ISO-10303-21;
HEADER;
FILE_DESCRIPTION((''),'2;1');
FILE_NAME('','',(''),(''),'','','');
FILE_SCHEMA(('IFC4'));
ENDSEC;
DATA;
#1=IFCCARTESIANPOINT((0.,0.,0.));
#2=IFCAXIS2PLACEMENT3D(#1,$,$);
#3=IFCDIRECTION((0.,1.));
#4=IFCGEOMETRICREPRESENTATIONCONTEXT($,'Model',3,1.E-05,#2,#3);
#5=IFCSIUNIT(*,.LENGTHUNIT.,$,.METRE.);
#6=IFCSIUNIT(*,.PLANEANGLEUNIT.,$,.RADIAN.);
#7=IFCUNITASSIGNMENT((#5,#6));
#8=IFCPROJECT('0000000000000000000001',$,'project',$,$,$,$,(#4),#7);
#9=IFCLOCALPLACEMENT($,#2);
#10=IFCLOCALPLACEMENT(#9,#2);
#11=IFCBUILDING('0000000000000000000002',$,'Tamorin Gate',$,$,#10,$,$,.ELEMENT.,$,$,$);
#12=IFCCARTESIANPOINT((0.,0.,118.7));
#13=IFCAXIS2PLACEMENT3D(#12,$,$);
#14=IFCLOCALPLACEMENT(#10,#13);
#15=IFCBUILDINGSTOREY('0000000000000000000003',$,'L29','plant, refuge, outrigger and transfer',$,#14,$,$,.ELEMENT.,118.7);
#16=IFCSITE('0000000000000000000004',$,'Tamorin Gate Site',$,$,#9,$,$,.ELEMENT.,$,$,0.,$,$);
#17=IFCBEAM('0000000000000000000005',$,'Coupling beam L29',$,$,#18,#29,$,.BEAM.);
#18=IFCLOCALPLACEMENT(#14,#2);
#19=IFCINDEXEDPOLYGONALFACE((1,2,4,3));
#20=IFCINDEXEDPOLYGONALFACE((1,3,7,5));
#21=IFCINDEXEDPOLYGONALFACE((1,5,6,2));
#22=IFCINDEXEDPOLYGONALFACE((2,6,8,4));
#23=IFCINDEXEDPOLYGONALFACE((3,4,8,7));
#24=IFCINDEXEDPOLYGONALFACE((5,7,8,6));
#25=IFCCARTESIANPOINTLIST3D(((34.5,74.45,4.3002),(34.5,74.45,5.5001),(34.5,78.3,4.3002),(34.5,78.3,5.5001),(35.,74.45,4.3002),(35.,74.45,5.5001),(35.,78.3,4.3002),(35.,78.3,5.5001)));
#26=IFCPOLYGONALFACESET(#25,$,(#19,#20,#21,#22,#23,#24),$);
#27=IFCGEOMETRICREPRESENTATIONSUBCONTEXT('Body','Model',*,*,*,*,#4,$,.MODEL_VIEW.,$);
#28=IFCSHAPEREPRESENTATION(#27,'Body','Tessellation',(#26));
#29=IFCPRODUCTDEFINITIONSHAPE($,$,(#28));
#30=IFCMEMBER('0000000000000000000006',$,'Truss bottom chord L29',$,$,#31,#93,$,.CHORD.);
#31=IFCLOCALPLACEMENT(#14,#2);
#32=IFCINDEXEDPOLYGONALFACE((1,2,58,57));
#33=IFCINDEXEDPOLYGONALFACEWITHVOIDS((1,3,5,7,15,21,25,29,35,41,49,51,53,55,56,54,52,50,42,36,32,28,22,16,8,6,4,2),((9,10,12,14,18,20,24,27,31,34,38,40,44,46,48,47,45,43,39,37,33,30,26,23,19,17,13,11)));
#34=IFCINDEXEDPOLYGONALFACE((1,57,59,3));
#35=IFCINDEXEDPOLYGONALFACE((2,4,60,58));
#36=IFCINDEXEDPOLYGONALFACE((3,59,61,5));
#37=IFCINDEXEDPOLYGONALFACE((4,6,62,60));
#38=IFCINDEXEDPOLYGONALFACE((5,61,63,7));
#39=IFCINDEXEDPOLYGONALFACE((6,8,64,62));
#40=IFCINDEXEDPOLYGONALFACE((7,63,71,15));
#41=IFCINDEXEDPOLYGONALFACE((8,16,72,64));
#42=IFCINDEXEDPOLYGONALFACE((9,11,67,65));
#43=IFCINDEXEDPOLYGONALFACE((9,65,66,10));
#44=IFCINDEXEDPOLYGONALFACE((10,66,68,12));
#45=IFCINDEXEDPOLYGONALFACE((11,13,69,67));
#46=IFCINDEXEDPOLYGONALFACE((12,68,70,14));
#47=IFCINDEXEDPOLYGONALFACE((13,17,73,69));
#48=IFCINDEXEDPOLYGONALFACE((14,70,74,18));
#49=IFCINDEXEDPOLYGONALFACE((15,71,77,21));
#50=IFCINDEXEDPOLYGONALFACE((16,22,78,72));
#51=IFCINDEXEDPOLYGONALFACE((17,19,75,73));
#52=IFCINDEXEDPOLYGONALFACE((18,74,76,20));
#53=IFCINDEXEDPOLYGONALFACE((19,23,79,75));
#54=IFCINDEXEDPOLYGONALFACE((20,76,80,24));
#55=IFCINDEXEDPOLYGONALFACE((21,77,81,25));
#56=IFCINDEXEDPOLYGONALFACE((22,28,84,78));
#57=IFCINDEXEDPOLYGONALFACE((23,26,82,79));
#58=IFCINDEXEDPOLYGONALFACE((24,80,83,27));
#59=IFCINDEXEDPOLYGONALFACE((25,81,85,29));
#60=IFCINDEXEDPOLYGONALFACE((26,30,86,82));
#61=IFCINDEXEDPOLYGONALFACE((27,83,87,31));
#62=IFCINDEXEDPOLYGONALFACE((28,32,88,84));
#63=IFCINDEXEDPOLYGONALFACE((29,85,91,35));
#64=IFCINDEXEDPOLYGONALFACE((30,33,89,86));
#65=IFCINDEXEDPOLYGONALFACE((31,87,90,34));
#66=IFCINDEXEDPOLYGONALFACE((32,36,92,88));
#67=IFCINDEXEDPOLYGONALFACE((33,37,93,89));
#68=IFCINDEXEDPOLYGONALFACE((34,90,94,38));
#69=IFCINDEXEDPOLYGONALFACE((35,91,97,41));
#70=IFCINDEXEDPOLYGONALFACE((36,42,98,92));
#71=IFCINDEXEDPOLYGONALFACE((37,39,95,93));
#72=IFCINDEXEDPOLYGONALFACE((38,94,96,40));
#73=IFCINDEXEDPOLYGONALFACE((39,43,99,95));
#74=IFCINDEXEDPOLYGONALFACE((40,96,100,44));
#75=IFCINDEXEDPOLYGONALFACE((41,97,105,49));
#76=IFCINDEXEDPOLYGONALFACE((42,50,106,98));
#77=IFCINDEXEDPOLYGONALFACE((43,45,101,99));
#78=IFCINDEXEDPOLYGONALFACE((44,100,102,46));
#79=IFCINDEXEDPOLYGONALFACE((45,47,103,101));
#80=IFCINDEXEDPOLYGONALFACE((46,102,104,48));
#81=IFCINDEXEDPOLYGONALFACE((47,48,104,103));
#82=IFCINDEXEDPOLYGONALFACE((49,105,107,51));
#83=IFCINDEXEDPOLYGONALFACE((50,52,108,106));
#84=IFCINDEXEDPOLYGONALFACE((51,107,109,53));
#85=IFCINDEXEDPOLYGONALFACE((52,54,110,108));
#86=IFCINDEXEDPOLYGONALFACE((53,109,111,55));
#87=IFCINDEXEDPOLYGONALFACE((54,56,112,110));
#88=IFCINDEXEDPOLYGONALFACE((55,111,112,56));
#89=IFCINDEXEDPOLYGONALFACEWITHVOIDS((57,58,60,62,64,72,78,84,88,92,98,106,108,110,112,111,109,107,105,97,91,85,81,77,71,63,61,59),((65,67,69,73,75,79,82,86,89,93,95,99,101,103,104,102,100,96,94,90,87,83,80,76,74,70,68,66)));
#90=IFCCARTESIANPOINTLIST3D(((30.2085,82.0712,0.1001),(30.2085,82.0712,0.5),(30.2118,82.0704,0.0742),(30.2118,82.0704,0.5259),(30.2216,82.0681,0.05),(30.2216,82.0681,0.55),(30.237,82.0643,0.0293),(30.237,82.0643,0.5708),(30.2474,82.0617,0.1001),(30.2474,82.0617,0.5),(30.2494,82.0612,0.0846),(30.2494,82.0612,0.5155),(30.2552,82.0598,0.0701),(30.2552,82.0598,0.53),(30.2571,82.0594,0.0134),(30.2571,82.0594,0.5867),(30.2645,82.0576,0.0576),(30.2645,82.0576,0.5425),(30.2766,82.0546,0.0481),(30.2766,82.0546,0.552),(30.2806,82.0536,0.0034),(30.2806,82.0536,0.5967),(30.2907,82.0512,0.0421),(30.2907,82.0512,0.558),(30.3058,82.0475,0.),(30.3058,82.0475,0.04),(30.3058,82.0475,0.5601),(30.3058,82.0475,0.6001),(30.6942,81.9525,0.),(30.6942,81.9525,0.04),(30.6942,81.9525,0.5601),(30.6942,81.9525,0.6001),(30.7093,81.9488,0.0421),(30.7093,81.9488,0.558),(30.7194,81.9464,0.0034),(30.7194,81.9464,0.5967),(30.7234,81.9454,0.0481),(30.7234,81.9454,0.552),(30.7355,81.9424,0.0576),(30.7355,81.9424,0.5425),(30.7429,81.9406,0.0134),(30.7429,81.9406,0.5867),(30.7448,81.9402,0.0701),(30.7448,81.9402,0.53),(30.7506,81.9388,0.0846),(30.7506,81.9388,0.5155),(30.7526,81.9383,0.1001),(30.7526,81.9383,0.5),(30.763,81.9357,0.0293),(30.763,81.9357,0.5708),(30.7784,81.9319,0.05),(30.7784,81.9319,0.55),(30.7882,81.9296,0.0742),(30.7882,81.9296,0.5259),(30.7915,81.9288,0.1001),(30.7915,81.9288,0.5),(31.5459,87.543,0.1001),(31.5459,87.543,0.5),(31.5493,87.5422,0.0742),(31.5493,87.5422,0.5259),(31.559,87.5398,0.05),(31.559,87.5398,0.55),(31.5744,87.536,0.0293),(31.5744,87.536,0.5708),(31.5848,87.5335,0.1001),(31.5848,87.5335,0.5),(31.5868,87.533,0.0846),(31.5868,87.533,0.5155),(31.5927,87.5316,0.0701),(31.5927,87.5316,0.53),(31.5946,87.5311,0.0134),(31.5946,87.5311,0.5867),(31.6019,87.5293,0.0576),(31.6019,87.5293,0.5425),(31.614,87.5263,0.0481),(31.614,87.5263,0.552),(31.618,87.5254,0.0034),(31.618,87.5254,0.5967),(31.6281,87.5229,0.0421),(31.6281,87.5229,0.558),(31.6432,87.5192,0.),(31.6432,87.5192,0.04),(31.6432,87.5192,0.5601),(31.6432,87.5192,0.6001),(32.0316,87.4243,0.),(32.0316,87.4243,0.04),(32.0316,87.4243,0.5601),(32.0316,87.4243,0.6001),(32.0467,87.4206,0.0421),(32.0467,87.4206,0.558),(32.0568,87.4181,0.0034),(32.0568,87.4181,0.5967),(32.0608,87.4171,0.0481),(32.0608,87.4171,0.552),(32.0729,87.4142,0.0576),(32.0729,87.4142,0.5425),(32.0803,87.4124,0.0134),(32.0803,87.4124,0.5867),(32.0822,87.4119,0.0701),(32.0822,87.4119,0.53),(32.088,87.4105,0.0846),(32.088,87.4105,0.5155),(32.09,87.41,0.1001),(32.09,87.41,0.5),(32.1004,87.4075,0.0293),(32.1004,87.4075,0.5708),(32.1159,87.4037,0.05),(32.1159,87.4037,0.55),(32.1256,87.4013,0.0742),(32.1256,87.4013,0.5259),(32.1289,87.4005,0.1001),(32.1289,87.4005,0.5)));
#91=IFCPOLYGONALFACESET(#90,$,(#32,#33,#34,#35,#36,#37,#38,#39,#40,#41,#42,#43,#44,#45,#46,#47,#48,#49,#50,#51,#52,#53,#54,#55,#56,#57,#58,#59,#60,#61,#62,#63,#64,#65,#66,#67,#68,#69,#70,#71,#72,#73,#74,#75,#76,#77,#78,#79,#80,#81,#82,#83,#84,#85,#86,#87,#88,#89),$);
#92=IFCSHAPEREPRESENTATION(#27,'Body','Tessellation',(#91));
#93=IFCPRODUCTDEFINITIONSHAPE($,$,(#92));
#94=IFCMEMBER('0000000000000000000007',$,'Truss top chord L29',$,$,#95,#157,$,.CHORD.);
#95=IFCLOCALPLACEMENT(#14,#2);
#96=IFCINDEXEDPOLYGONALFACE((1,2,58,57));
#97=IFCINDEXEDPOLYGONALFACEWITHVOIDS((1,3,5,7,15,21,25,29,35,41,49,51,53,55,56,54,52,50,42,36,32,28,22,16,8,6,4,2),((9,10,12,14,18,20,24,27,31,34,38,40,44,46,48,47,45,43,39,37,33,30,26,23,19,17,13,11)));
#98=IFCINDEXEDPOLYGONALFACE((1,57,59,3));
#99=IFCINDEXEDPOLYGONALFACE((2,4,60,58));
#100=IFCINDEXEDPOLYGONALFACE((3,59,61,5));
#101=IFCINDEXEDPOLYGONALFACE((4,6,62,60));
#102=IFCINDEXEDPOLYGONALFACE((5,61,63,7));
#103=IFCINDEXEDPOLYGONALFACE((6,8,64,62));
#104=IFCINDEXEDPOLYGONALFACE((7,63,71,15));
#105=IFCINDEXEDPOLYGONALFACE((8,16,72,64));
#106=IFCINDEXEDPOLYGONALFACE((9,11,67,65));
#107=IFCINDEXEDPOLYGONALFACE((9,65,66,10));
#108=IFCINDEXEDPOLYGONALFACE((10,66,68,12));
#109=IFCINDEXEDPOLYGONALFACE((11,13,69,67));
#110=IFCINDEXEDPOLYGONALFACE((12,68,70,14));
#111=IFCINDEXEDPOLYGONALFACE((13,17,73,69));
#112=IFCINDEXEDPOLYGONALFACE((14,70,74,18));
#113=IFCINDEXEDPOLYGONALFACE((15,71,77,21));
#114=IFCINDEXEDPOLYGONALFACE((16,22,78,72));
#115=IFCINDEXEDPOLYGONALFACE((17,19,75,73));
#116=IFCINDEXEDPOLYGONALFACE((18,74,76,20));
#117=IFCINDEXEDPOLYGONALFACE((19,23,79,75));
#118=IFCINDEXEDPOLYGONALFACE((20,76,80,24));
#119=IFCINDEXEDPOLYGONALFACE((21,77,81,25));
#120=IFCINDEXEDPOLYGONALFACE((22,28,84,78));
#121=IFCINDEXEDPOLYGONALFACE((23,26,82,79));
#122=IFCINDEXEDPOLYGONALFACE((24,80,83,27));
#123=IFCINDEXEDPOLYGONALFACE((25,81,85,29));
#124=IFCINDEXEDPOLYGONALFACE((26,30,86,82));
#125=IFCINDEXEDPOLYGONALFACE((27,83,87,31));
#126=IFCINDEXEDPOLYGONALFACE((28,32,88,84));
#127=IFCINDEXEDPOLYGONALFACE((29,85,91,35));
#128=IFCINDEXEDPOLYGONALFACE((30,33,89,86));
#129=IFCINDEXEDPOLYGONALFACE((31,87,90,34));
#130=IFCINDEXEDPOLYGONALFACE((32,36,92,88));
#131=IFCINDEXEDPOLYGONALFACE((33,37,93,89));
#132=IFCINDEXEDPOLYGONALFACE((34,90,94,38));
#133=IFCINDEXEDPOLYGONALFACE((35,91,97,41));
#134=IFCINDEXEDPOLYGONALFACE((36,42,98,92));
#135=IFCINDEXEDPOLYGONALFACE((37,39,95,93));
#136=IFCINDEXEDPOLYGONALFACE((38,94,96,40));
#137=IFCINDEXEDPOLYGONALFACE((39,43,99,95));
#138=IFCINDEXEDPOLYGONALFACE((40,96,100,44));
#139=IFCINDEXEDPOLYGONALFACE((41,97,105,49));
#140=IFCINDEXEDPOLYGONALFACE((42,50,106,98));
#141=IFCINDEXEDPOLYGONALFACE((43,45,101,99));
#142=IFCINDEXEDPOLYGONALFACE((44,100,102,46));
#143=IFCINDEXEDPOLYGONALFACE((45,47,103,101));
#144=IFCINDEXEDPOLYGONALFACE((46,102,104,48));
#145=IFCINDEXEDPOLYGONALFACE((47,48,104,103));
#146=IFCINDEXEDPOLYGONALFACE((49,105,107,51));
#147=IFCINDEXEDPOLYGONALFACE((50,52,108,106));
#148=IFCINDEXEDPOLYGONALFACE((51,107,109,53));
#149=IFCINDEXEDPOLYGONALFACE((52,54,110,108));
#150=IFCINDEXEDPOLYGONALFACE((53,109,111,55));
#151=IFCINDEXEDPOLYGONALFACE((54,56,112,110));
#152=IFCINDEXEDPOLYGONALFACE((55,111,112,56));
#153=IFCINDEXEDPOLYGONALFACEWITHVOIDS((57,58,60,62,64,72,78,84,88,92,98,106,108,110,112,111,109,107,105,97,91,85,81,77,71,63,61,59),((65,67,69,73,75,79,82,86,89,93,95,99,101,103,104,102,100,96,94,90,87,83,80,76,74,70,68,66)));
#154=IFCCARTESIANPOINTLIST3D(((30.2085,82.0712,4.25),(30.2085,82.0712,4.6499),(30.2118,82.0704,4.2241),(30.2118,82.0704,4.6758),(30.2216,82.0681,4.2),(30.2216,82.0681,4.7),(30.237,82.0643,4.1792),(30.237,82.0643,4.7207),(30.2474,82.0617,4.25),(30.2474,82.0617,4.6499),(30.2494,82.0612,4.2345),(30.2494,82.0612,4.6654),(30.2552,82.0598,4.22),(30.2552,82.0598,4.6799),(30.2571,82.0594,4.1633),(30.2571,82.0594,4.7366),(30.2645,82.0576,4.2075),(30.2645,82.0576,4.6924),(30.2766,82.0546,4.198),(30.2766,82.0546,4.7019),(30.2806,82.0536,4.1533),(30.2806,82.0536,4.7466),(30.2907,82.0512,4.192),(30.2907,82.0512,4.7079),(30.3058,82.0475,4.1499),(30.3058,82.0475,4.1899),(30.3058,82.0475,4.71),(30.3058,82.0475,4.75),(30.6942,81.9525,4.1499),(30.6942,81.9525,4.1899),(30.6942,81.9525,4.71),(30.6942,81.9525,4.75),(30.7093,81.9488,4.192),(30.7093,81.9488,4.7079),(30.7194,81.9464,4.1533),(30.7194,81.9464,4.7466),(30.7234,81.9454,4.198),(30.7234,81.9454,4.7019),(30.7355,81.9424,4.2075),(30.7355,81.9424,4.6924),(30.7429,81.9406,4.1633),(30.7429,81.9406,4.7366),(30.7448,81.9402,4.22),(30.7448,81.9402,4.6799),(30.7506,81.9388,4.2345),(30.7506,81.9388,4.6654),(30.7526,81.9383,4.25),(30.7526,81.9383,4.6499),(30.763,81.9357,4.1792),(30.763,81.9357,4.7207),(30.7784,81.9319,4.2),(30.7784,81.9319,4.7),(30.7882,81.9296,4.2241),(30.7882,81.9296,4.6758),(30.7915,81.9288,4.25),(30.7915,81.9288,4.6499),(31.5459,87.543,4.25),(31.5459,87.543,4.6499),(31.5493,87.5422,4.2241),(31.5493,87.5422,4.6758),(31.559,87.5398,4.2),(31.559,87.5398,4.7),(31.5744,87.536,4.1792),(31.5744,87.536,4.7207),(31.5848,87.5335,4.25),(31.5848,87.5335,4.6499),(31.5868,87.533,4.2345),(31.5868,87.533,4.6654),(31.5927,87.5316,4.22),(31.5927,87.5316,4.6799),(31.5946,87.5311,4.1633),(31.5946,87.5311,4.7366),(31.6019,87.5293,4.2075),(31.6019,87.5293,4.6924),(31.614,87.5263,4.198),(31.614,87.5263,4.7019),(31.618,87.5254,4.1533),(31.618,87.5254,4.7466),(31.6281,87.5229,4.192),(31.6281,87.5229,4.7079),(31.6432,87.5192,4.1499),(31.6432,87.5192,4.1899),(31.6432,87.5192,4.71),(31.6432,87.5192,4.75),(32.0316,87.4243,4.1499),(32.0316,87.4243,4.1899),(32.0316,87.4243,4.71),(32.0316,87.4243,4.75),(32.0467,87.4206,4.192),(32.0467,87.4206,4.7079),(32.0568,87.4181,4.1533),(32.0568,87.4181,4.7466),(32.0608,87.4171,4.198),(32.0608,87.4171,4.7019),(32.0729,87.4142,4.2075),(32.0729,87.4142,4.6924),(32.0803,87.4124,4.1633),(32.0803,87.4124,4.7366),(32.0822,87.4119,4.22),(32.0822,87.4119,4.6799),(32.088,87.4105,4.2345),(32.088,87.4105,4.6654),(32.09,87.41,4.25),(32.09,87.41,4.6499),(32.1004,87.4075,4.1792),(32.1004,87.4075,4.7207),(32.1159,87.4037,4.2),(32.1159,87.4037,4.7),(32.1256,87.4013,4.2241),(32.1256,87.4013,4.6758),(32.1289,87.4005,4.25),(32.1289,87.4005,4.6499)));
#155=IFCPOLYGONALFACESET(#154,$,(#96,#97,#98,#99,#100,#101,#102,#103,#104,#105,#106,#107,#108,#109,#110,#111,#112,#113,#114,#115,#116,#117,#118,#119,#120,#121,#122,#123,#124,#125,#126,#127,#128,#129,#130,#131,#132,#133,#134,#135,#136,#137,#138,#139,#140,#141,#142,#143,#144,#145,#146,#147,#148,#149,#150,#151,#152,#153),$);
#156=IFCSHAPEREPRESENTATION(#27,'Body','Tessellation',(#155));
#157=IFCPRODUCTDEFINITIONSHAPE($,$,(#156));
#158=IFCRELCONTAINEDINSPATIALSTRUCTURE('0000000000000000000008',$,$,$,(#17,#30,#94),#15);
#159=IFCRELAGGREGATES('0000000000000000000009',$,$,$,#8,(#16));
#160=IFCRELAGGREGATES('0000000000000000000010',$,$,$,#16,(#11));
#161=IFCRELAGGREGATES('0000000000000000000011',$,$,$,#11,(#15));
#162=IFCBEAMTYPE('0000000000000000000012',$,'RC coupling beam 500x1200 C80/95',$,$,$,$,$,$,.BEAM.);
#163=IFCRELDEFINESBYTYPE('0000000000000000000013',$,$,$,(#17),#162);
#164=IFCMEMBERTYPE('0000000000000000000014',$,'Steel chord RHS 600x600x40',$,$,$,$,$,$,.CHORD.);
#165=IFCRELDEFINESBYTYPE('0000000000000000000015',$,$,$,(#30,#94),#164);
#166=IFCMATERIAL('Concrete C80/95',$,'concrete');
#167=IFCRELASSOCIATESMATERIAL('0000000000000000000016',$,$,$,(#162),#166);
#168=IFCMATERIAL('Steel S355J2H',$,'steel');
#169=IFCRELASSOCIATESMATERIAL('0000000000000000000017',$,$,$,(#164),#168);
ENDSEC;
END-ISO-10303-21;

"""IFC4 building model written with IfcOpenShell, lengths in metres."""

from ifc_helpers import new_model, si_unit, direction, frame, origin, origin_2d, place, context, subcontext, project, spatial, rectangle, hollow_rectangle, extrude, material, material_profile, profile_set, type_object, element, save


model = new_model("IFC4")

# Units and contexts
model_context = context("Model", 3, precision=1e-05, world=origin(), true_north=direction((0.0, 1.0)))
body_context = subcontext(model_context, "Body", "Model", "MODEL_VIEW")
ifc_project = project(units=[si_unit("LENGTHUNIT", "METRE"), si_unit("PLANEANGLEUNIT", "RADIAN")], contexts=[model_context])

# Site, building, storey
site_placement = place(None, origin())
site = spatial("IfcSite", under=ifc_project, at=site_placement, Name="Tamorin Gate Site", CompositionType="ELEMENT", RefElevation=0.0)
building_placement = place(site_placement, origin())
building = spatial("IfcBuilding", under=site, at=building_placement, Name="Tamorin Gate", CompositionType="ELEMENT")
storey_placement = place(building_placement, frame((0.0, 0.0, 118.7)))
storey = spatial("IfcBuildingStorey", under=building, at=storey_placement, Name="L29", Description="plant, refuge, outrigger and transfer", CompositionType="ELEMENT", Elevation=118.7)

# Beam
ifc_material_1 = material(Name="Concrete C80/95", Category="concrete")
ifc_material_profile_1 = material_profile(ifc_material_1, rectangle(XDim=0.5, YDim=1.2, at=origin_2d()), Name="RC 500x1200")
ifc_profile_set_1 = profile_set([ifc_material_profile_1], Name="Concrete C80/95")
beam_type = type_object("IfcBeamType", Name="RC coupling beam 500x1200 C80/95", PredefinedType="BEAM", material=ifc_profile_set_1)
beam_placement = place(storey_placement, frame((34.75, 74.45, 4.9001), z_axis=(0.0, 1.0, 0.0), x_axis=(-1.0, 0.0, 0.0)))
element("IfcBeam", 1, at=beam_placement, inside=storey, type_object=beam_type, Name="Coupling beam L29", PredefinedType="BEAM", context=body_context, shape_type="SweptSolid", body=[
    extrude(rectangle(XDim=0.5, YDim=1.2, at=origin_2d()), origin(), (0.0, 0.0, 1.0), 3.8501),
])

# Members
ifc_material_2 = material(Name="Steel S355J2H", Category="steel")
ifc_material_profile_2 = material_profile(ifc_material_2, hollow_rectangle(XDim=0.6001, YDim=0.6001, WallThickness=0.04, InnerFilletRadius=0.0601, OuterFilletRadius=0.1001, at=origin_2d()), Name="RHS 600x600x40")
ifc_profile_set_2 = profile_set([ifc_material_profile_2], Name="Steel S355J2H")
member_type_1 = type_object("IfcMemberType", Name="Steel chord RHS 600x600x40", PredefinedType="CHORD", material=ifc_profile_set_2)
for number, where, z_axis, x_axis, name in (
    (2, (30.5, 82.0, 0.3), (0.237433, 0.971404, 0.0), (-0.971404, 0.237433, 0.0), "Truss bottom chord L29"),
    (3, (30.5, 82.0, 4.45), (0.237433, 0.971404, 0.0), (-0.971404, 0.237433, 0.0), "Truss top chord L29"),
):
    element("IfcMember", number, at=place(storey_placement, frame(where, z_axis=z_axis, x_axis=x_axis)), inside=storey, type_object=member_type_1, Name=name, PredefinedType="CHORD", context=body_context, shape_type="SweptSolid", body=[
        extrude(hollow_rectangle(XDim=0.6001, YDim=0.6001, WallThickness=0.04, InnerFilletRadius=0.0601, OuterFilletRadius=0.1001, at=origin_2d()), origin(), (0.0, 0.0, 1.0), 5.6328),
    ])

save(model, "model.ifc")
